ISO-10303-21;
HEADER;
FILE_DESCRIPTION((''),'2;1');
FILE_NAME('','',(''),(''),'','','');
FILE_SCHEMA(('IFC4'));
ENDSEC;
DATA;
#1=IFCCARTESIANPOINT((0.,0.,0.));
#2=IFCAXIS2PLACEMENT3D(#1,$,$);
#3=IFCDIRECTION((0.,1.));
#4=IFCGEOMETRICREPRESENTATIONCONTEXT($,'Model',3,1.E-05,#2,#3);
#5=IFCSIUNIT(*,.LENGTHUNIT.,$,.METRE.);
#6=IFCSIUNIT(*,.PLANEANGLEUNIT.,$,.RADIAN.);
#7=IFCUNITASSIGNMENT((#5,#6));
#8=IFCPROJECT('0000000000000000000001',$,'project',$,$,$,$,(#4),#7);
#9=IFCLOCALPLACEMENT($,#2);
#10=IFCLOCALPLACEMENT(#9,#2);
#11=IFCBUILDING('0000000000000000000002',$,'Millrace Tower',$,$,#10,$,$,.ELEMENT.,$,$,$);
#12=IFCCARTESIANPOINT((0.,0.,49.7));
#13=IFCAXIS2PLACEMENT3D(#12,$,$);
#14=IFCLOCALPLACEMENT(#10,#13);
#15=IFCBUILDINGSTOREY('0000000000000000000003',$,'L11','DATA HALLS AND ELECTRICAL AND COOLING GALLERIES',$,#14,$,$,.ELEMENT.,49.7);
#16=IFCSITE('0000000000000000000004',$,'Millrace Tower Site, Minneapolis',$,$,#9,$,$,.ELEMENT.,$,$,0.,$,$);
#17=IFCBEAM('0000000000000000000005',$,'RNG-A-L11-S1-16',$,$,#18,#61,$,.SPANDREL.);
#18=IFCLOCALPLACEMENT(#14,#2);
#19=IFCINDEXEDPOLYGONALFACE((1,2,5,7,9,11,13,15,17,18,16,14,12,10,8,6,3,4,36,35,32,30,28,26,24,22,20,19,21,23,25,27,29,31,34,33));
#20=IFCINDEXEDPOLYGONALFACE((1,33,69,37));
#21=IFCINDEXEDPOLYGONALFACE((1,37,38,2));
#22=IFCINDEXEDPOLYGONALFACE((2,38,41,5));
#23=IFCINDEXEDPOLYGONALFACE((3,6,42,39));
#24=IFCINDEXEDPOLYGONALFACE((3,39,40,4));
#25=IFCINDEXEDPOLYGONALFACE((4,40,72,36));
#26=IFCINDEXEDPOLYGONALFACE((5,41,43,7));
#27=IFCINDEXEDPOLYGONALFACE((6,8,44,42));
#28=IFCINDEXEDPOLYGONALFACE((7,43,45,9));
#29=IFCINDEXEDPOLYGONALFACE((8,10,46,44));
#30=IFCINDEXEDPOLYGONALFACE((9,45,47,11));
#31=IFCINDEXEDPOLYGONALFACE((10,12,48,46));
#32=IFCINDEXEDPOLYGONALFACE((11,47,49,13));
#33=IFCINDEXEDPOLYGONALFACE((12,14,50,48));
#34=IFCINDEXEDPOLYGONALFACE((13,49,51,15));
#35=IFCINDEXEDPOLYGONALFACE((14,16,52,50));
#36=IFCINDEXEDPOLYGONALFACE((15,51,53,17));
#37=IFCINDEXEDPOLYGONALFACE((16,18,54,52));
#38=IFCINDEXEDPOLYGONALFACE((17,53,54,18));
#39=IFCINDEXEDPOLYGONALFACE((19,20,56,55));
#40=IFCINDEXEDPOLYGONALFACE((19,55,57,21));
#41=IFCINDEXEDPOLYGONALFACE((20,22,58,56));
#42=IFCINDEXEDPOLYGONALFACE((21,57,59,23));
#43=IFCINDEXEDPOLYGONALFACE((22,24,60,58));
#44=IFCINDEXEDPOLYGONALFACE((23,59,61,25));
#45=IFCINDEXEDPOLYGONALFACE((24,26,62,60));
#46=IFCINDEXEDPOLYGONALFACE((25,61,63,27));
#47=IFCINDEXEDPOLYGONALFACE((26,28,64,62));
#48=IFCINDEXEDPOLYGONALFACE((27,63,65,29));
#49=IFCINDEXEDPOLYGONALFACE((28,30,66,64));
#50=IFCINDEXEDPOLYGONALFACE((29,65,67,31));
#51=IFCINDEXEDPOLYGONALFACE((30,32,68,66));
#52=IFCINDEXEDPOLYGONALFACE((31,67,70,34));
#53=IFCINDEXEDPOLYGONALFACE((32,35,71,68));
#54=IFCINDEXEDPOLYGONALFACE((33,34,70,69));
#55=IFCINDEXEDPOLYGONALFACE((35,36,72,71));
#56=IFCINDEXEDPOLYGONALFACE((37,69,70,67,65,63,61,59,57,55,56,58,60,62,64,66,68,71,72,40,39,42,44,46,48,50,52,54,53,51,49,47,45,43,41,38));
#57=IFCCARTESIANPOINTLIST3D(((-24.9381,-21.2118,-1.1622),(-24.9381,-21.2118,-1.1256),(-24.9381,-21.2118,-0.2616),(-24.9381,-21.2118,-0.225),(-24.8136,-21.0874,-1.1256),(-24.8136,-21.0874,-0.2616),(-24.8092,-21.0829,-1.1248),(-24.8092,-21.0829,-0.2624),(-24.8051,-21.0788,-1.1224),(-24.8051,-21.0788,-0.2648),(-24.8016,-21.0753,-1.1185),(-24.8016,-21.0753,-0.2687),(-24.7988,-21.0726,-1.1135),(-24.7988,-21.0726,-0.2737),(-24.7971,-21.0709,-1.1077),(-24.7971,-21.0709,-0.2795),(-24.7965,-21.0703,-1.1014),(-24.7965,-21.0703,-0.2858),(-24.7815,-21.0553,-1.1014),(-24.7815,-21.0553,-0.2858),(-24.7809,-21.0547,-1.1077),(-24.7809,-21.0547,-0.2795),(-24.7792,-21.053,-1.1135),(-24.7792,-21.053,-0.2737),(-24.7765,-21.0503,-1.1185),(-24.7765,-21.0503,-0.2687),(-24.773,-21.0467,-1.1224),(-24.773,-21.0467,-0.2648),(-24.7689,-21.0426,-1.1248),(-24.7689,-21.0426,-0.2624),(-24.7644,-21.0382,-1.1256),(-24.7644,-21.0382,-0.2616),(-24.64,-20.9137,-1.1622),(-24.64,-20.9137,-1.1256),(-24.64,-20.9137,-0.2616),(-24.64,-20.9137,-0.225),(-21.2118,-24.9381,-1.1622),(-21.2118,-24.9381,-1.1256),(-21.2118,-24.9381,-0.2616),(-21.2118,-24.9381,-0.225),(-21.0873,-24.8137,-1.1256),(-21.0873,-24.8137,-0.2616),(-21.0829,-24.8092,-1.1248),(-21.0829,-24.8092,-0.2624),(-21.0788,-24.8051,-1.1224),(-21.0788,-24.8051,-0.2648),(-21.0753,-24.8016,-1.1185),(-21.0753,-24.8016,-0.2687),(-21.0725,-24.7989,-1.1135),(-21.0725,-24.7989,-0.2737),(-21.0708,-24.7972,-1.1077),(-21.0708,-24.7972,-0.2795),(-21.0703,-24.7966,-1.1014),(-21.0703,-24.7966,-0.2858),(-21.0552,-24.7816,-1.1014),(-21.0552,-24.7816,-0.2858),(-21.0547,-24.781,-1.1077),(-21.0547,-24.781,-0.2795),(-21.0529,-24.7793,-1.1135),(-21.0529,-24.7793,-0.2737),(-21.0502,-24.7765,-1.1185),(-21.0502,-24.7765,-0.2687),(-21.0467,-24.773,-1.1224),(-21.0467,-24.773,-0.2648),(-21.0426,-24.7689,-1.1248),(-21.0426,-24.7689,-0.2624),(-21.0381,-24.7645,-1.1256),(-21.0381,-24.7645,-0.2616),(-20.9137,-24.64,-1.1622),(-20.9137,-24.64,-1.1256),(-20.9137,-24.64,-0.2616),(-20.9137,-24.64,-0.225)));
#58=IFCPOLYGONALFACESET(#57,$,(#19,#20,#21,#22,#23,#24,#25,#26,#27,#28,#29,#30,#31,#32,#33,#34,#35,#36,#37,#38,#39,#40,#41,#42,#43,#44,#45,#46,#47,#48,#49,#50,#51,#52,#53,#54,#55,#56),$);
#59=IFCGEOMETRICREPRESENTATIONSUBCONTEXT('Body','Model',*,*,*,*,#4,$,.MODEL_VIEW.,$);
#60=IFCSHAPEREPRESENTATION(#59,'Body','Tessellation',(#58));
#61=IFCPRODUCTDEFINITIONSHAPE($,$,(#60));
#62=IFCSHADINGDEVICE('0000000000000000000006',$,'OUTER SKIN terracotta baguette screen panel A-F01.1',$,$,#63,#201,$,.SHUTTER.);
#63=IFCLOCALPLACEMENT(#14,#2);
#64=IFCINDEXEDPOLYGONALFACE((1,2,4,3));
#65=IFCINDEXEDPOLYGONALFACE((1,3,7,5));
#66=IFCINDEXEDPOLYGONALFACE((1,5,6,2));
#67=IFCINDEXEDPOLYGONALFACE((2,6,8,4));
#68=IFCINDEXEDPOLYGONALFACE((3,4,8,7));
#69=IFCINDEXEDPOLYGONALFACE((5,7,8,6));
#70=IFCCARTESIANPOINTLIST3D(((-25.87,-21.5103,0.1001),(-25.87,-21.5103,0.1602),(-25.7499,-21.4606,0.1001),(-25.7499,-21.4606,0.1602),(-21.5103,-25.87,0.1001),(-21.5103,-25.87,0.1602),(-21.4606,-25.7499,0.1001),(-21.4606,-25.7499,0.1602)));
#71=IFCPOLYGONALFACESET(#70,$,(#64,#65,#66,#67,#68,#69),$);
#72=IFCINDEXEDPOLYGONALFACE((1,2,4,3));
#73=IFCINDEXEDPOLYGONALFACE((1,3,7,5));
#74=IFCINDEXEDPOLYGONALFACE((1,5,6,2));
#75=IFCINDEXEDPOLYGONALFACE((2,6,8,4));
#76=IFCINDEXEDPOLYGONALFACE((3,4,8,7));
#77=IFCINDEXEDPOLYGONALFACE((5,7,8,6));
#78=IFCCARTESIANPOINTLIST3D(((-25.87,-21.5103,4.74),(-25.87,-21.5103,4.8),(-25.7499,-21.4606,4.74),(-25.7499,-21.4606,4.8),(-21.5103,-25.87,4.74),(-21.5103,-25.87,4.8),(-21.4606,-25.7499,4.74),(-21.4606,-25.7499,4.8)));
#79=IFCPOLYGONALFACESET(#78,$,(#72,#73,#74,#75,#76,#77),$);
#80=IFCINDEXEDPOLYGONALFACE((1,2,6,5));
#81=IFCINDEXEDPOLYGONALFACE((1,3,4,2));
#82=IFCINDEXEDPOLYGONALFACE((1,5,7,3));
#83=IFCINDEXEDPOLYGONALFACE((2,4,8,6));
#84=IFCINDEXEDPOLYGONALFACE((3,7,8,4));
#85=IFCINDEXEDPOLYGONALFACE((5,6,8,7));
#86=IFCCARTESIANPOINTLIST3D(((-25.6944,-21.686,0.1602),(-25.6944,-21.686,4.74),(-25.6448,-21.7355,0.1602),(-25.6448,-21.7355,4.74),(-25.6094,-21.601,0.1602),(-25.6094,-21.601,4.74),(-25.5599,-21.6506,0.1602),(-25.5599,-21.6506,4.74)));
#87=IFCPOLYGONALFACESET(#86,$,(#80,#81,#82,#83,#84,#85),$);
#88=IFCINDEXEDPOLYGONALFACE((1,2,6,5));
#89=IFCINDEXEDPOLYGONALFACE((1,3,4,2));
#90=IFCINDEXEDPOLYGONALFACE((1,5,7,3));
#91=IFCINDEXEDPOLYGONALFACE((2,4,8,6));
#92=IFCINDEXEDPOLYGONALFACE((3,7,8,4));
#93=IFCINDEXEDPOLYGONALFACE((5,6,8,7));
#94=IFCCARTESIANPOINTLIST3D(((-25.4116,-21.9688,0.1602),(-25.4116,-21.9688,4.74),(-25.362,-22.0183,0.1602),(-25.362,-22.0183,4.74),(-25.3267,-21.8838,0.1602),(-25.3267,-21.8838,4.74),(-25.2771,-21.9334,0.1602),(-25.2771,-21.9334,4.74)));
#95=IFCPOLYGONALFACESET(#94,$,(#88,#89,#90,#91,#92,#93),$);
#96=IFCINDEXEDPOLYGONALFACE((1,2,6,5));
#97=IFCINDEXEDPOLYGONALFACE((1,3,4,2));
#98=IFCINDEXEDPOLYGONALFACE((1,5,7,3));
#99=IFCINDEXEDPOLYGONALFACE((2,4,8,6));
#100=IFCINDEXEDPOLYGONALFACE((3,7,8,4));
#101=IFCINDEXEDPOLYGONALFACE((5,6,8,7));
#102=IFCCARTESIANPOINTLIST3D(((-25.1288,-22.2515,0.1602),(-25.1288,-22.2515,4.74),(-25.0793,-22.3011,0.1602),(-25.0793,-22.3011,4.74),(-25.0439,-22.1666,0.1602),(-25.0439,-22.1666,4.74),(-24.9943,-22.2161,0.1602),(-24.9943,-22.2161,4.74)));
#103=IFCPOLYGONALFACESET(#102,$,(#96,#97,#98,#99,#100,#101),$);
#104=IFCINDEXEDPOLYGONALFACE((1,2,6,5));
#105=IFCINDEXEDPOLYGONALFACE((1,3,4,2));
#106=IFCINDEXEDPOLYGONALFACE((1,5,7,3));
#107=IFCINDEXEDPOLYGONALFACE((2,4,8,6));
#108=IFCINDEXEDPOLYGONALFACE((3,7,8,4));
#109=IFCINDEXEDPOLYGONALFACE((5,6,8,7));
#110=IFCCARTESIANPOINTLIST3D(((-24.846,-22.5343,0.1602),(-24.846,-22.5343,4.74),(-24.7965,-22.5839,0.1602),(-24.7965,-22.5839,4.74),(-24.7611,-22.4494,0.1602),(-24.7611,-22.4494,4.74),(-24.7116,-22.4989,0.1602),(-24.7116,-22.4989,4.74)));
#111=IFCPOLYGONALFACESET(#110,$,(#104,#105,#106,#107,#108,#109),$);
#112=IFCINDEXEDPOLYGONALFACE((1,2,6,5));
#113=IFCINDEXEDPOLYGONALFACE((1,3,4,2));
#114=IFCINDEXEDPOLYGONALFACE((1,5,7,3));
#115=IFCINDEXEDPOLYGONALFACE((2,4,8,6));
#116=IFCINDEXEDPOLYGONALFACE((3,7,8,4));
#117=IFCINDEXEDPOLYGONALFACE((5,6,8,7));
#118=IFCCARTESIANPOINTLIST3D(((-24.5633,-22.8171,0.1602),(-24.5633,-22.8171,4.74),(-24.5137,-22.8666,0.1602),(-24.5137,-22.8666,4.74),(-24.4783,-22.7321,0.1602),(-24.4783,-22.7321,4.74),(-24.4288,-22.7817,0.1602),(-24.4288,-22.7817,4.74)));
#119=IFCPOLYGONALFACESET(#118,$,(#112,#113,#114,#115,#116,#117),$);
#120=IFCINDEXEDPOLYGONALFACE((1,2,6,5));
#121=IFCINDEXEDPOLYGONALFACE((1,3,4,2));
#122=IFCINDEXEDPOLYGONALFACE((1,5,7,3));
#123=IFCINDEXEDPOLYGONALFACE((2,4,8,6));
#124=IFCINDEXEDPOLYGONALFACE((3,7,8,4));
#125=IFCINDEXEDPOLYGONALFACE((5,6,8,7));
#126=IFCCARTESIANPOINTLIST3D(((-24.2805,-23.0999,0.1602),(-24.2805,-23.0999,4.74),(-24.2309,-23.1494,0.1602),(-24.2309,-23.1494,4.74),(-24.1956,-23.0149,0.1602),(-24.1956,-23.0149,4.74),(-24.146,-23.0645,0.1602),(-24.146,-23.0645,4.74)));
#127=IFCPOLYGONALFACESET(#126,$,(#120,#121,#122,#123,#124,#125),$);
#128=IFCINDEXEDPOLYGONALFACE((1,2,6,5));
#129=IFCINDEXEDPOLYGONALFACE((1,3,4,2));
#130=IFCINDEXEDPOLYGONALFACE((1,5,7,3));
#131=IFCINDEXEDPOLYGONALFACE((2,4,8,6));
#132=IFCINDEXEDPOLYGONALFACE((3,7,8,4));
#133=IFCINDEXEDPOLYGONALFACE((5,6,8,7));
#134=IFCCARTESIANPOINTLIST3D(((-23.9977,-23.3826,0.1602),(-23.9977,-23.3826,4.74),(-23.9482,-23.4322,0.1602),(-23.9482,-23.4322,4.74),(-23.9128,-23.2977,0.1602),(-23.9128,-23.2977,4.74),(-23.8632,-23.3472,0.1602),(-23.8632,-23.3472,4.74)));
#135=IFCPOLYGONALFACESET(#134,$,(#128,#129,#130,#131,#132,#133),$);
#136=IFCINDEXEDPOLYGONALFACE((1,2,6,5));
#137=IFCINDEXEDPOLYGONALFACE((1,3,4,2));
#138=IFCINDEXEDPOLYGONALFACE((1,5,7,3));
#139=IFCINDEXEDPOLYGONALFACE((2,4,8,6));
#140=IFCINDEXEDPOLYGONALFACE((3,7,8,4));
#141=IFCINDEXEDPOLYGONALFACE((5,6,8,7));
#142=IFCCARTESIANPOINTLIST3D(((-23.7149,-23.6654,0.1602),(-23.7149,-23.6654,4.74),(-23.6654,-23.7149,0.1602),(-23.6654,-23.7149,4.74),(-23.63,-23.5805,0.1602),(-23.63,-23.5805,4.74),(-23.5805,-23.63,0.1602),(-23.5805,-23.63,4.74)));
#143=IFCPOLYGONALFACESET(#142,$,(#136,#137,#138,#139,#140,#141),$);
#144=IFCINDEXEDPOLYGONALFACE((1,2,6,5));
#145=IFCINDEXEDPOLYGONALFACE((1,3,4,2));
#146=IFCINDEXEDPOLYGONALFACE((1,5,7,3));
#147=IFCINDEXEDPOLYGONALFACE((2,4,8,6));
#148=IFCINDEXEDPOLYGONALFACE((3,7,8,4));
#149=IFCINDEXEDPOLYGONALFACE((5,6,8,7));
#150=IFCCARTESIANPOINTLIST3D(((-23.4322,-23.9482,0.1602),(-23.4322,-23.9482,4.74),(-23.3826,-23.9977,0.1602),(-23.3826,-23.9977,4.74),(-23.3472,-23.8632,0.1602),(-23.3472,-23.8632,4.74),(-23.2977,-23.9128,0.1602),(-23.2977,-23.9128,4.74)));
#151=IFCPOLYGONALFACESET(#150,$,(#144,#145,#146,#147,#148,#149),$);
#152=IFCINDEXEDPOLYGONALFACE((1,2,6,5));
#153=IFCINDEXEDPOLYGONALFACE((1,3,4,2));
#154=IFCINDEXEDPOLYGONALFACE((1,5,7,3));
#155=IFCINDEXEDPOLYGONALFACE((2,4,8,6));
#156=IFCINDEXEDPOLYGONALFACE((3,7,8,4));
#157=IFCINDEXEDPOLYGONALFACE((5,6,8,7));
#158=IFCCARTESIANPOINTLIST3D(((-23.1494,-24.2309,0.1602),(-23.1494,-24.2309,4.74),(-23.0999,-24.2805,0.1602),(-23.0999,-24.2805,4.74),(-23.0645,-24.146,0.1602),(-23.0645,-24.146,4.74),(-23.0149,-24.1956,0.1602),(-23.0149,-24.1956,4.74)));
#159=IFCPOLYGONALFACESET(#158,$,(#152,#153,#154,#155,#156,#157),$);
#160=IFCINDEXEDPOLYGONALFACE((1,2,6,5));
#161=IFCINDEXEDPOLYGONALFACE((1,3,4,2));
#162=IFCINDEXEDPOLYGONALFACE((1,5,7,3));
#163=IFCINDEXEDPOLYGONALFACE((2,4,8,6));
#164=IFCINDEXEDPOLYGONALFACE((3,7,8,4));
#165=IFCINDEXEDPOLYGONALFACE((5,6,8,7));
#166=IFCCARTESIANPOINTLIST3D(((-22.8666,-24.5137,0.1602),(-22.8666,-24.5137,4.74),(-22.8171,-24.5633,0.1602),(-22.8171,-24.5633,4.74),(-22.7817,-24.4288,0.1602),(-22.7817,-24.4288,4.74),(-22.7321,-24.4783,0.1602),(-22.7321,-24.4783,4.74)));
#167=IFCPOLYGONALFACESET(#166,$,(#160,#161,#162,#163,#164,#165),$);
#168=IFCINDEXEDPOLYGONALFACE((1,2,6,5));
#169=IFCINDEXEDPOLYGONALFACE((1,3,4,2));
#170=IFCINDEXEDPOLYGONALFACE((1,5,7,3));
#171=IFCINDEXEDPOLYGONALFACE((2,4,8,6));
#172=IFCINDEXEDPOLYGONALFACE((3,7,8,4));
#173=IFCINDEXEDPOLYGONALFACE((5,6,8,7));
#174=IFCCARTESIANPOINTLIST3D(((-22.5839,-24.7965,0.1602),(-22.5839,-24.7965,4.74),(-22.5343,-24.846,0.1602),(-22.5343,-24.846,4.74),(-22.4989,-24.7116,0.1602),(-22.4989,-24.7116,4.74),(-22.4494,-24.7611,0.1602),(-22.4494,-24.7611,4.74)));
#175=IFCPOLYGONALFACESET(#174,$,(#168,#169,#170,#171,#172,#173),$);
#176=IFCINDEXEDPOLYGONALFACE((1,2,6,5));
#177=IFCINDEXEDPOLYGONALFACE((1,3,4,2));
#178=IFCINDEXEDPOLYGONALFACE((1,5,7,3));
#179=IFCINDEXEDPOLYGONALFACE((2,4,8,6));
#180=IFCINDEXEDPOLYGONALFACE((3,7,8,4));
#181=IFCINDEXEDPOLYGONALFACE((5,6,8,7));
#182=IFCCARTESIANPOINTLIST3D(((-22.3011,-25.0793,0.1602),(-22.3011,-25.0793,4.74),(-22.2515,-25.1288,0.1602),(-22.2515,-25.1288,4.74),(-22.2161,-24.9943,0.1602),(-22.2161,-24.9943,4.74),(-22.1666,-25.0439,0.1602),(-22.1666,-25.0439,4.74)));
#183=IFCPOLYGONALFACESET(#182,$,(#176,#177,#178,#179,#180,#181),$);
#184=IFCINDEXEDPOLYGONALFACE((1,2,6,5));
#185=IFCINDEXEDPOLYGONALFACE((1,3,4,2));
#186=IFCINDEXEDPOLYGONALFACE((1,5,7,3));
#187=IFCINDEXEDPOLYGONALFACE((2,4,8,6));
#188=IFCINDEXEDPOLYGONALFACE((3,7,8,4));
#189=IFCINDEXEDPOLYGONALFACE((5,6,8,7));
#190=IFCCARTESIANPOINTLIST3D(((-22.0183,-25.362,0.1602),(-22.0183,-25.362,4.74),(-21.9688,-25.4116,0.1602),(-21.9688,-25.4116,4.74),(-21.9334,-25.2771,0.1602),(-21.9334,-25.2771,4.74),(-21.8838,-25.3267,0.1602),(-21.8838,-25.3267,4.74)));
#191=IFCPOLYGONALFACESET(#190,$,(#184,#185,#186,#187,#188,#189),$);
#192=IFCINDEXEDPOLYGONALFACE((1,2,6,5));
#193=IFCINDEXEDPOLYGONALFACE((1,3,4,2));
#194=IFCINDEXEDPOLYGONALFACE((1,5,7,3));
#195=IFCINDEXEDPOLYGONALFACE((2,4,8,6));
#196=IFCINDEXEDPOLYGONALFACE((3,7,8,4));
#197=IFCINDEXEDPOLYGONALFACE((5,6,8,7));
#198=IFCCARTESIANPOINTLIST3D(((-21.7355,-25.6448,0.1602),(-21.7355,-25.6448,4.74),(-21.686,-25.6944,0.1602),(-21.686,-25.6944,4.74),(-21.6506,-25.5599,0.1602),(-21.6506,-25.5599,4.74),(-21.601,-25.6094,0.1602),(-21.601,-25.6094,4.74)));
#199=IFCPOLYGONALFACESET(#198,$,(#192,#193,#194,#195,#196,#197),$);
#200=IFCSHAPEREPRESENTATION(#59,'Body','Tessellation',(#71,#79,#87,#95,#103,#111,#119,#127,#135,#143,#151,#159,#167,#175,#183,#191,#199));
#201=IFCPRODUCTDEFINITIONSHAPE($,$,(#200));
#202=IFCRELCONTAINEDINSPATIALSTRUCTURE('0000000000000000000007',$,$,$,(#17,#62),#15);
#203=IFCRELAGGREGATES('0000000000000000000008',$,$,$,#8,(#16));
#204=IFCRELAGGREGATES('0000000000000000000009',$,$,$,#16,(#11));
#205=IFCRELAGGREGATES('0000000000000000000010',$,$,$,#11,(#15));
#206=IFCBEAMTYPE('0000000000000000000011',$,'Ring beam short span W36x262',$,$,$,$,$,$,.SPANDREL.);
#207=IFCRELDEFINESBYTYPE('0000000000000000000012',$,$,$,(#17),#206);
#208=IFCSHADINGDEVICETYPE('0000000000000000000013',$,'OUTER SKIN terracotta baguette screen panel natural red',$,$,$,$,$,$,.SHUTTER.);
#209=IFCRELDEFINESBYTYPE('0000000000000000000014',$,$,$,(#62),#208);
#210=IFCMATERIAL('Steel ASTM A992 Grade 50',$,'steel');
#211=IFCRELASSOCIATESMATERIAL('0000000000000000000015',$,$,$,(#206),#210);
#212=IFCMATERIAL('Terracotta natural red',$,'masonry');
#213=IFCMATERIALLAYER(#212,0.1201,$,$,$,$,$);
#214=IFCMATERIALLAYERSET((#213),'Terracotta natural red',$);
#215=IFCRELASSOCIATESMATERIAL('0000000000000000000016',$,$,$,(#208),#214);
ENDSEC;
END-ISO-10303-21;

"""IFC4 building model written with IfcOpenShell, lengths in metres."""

from ifc_helpers import new_model, entity, si_unit, direction, frame, frame_2d, origin, origin_2d, place, context, subcontext, project, spatial, rectangle, i_section, extrude, source, transform, mapped, material, layer, layer_set, material_profile, profile_set, type_object, element, save


model = new_model("IFC4")

# Units and contexts
model_context = context("Model", 3, precision=1e-05, world=origin(), true_north=direction((0.0, 1.0)))
body_context = subcontext(model_context, "Body", "Model", "MODEL_VIEW")
ifc_project = project(units=[si_unit("LENGTHUNIT", "METRE"), si_unit("PLANEANGLEUNIT", "RADIAN")], contexts=[model_context])

# Site, building, storey
site_placement = place(None, origin())
site = spatial("IfcSite", under=ifc_project, at=site_placement, Name="Millrace Tower Site, Minneapolis", CompositionType="ELEMENT", RefElevation=0.0)
building_placement = place(site_placement, origin())
building = spatial("IfcBuilding", under=site, at=building_placement, Name="Millrace Tower", CompositionType="ELEMENT")
storey_placement = place(building_placement, frame((0.0, 0.0, 49.7)))
storey = spatial("IfcBuildingStorey", under=building, at=storey_placement, Name="L11", Description="DATA HALLS AND ELECTRICAL AND COOLING GALLERIES", CompositionType="ELEMENT", Elevation=49.7)

# Beam
ifc_material_1 = material(Name="Steel ASTM A992 Grade 50", Category="steel")
ifc_material_profile_1 = material_profile(ifc_material_1, i_section(OverallWidth=0.4216, OverallDepth=0.9373, WebThickness=0.0212, FlangeThickness=0.0366, FilletRadius=0.0242, at=origin_2d()))
ifc_profile_set_1 = profile_set([ifc_material_profile_1], Name="Steel ASTM A992 Grade 50")
beam_type_1 = type_object("IfcBeamType", Name="Ring beam short span W36x262", PredefinedType="SPANDREL", material=ifc_profile_set_1)
beam_1_placement = place(storey_placement, frame((-21.0627, -24.7891, -0.6936), z_axis=(-0.707107, 0.707107, 0.0), x_axis=(-0.707107, -0.707107, 0.0)))
element("IfcBeam", 1, at=beam_1_placement, inside=storey, type_object=beam_type_1, Name="RNG-A-L11-S1-16", PredefinedType="SPANDREL", context=body_context, shape_type="SweptSolid", body=[
    extrude(i_section(OverallWidth=0.4216, OverallDepth=0.9373, WebThickness=0.0212, FlangeThickness=0.0366, FilletRadius=0.0242, at=origin_2d()), origin(), (0.0, 0.0, 1.0), 5.2698),
])

# Shading device
ifc_material_2 = material(Name="Terracotta natural red", Category="masonry")
ifc_layer_1 = layer(ifc_material_2, 0.1201)
ifc_layer_set_1 = layer_set([ifc_layer_1], Name="Terracotta natural red")
shading_device_type_1 = type_object("IfcShadingDeviceType", Name="OUTER SKIN terracotta baguette screen panel natural red", PredefinedType="SHUTTER", material=ifc_layer_set_1)
cartesian_point_1 = entity("IfcCartesianPoint", [-3.033, 0.0601])
shared_polyline_1 = entity("IfcPolyline", [cartesian_point_1, entity("IfcCartesianPoint", [3.033, 0.0601]), entity("IfcCartesianPoint", [3.0828, -0.0601]), entity("IfcCartesianPoint", [-3.0828, -0.0601]), cartesian_point_1])
shared_shape_1 = source(origin(), body_context, "Body", "SweptSolid", [
    entity("IfcExtrudedAreaSolid", entity("IfcArbitraryClosedProfileDef", "AREA", None, shared_polyline_1), entity("IfcAxis2Placement3D", entity("IfcCartesianPoint", [0.0, 0.0, 0.0])), entity("IfcDirection", [0.0, 0.0, 1.0]), 0.0601),
    entity("IfcExtrudedAreaSolid", entity("IfcArbitraryClosedProfileDef", "AREA", None, shared_polyline_1), entity("IfcAxis2Placement3D", entity("IfcCartesianPoint", [0.0, 0.0, 4.6399])), entity("IfcDirection", [0.0, 0.0, 1.0]), 0.0601),
    extrude(rectangle(XDim=0.0701, YDim=0.1201, at=frame_2d((-2.7993, 0.0))), frame((0.0, 0.0, 0.0601)), (0.0, 0.0, 1.0), 4.5798),
    extrude(rectangle(XDim=0.0701, YDim=0.1201, at=frame_2d((-2.3994, 0.0))), frame((0.0, 0.0, 0.0601)), (0.0, 0.0, 1.0), 4.5798),
    extrude(rectangle(XDim=0.0701, YDim=0.1201, at=frame_2d((-1.9995, 0.0))), frame((0.0, 0.0, 0.0601)), (0.0, 0.0, 1.0), 4.5798),
    extrude(rectangle(XDim=0.0701, YDim=0.1201, at=frame_2d((-1.5996, 0.0))), frame((0.0, 0.0, 0.0601)), (0.0, 0.0, 1.0), 4.5798),
    extrude(rectangle(XDim=0.0701, YDim=0.1201, at=frame_2d((-1.1997, 0.0))), frame((0.0, 0.0, 0.0601)), (0.0, 0.0, 1.0), 4.5798),
    extrude(rectangle(XDim=0.0701, YDim=0.1201, at=frame_2d((-0.7998, 0.0))), frame((0.0, 0.0, 0.0601)), (0.0, 0.0, 1.0), 4.5798),
    extrude(rectangle(XDim=0.0701, YDim=0.1201, at=frame_2d((-0.3999, 0.0))), frame((0.0, 0.0, 0.0601)), (0.0, 0.0, 1.0), 4.5798),
    extrude(rectangle(XDim=0.0701, YDim=0.1201, at=origin_2d()), frame((0.0, 0.0, 0.0601)), (0.0, 0.0, 1.0), 4.5798),
    extrude(rectangle(XDim=0.0701, YDim=0.1201, at=frame_2d((0.3999, 0.0))), frame((0.0, 0.0, 0.0601)), (0.0, 0.0, 1.0), 4.5798),
    extrude(rectangle(XDim=0.0701, YDim=0.1201, at=frame_2d((0.7998, 0.0))), frame((0.0, 0.0, 0.0601)), (0.0, 0.0, 1.0), 4.5798),
    extrude(rectangle(XDim=0.0701, YDim=0.1201, at=frame_2d((1.1997, 0.0))), frame((0.0, 0.0, 0.0601)), (0.0, 0.0, 1.0), 4.5798),
    extrude(rectangle(XDim=0.0701, YDim=0.1201, at=frame_2d((1.5996, 0.0))), frame((0.0, 0.0, 0.0601)), (0.0, 0.0, 1.0), 4.5798),
    extrude(rectangle(XDim=0.0701, YDim=0.1201, at=frame_2d((1.9995, 0.0))), frame((0.0, 0.0, 0.0601)), (0.0, 0.0, 1.0), 4.5798),
    extrude(rectangle(XDim=0.0701, YDim=0.1201, at=frame_2d((2.3994, 0.0))), frame((0.0, 0.0, 0.0601)), (0.0, 0.0, 1.0), 4.5798),
    extrude(rectangle(XDim=0.0701, YDim=0.1201, at=frame_2d((2.7993, 0.0))), frame((0.0, 0.0, 0.0601)), (0.0, 0.0, 1.0), 4.5798),
])
shading_device_1_placement = place(storey_placement, frame((-23.6477, -23.6477, 0.1001), z_axis=(0.0, 0.0, 1.0), x_axis=(0.707107, -0.707107, 0.0)))
element("IfcShadingDevice", 2, at=shading_device_1_placement, inside=storey, type_object=shading_device_type_1, Name="OUTER SKIN terracotta baguette screen panel A-F01.1", PredefinedType="SHUTTER", context=body_context, shape_type="MappedRepresentation", body=[
    mapped(shared_shape_1, transform((0.0, 0.0, 0.0), scale=1.0)),
])

save(model, "model.ifc")
